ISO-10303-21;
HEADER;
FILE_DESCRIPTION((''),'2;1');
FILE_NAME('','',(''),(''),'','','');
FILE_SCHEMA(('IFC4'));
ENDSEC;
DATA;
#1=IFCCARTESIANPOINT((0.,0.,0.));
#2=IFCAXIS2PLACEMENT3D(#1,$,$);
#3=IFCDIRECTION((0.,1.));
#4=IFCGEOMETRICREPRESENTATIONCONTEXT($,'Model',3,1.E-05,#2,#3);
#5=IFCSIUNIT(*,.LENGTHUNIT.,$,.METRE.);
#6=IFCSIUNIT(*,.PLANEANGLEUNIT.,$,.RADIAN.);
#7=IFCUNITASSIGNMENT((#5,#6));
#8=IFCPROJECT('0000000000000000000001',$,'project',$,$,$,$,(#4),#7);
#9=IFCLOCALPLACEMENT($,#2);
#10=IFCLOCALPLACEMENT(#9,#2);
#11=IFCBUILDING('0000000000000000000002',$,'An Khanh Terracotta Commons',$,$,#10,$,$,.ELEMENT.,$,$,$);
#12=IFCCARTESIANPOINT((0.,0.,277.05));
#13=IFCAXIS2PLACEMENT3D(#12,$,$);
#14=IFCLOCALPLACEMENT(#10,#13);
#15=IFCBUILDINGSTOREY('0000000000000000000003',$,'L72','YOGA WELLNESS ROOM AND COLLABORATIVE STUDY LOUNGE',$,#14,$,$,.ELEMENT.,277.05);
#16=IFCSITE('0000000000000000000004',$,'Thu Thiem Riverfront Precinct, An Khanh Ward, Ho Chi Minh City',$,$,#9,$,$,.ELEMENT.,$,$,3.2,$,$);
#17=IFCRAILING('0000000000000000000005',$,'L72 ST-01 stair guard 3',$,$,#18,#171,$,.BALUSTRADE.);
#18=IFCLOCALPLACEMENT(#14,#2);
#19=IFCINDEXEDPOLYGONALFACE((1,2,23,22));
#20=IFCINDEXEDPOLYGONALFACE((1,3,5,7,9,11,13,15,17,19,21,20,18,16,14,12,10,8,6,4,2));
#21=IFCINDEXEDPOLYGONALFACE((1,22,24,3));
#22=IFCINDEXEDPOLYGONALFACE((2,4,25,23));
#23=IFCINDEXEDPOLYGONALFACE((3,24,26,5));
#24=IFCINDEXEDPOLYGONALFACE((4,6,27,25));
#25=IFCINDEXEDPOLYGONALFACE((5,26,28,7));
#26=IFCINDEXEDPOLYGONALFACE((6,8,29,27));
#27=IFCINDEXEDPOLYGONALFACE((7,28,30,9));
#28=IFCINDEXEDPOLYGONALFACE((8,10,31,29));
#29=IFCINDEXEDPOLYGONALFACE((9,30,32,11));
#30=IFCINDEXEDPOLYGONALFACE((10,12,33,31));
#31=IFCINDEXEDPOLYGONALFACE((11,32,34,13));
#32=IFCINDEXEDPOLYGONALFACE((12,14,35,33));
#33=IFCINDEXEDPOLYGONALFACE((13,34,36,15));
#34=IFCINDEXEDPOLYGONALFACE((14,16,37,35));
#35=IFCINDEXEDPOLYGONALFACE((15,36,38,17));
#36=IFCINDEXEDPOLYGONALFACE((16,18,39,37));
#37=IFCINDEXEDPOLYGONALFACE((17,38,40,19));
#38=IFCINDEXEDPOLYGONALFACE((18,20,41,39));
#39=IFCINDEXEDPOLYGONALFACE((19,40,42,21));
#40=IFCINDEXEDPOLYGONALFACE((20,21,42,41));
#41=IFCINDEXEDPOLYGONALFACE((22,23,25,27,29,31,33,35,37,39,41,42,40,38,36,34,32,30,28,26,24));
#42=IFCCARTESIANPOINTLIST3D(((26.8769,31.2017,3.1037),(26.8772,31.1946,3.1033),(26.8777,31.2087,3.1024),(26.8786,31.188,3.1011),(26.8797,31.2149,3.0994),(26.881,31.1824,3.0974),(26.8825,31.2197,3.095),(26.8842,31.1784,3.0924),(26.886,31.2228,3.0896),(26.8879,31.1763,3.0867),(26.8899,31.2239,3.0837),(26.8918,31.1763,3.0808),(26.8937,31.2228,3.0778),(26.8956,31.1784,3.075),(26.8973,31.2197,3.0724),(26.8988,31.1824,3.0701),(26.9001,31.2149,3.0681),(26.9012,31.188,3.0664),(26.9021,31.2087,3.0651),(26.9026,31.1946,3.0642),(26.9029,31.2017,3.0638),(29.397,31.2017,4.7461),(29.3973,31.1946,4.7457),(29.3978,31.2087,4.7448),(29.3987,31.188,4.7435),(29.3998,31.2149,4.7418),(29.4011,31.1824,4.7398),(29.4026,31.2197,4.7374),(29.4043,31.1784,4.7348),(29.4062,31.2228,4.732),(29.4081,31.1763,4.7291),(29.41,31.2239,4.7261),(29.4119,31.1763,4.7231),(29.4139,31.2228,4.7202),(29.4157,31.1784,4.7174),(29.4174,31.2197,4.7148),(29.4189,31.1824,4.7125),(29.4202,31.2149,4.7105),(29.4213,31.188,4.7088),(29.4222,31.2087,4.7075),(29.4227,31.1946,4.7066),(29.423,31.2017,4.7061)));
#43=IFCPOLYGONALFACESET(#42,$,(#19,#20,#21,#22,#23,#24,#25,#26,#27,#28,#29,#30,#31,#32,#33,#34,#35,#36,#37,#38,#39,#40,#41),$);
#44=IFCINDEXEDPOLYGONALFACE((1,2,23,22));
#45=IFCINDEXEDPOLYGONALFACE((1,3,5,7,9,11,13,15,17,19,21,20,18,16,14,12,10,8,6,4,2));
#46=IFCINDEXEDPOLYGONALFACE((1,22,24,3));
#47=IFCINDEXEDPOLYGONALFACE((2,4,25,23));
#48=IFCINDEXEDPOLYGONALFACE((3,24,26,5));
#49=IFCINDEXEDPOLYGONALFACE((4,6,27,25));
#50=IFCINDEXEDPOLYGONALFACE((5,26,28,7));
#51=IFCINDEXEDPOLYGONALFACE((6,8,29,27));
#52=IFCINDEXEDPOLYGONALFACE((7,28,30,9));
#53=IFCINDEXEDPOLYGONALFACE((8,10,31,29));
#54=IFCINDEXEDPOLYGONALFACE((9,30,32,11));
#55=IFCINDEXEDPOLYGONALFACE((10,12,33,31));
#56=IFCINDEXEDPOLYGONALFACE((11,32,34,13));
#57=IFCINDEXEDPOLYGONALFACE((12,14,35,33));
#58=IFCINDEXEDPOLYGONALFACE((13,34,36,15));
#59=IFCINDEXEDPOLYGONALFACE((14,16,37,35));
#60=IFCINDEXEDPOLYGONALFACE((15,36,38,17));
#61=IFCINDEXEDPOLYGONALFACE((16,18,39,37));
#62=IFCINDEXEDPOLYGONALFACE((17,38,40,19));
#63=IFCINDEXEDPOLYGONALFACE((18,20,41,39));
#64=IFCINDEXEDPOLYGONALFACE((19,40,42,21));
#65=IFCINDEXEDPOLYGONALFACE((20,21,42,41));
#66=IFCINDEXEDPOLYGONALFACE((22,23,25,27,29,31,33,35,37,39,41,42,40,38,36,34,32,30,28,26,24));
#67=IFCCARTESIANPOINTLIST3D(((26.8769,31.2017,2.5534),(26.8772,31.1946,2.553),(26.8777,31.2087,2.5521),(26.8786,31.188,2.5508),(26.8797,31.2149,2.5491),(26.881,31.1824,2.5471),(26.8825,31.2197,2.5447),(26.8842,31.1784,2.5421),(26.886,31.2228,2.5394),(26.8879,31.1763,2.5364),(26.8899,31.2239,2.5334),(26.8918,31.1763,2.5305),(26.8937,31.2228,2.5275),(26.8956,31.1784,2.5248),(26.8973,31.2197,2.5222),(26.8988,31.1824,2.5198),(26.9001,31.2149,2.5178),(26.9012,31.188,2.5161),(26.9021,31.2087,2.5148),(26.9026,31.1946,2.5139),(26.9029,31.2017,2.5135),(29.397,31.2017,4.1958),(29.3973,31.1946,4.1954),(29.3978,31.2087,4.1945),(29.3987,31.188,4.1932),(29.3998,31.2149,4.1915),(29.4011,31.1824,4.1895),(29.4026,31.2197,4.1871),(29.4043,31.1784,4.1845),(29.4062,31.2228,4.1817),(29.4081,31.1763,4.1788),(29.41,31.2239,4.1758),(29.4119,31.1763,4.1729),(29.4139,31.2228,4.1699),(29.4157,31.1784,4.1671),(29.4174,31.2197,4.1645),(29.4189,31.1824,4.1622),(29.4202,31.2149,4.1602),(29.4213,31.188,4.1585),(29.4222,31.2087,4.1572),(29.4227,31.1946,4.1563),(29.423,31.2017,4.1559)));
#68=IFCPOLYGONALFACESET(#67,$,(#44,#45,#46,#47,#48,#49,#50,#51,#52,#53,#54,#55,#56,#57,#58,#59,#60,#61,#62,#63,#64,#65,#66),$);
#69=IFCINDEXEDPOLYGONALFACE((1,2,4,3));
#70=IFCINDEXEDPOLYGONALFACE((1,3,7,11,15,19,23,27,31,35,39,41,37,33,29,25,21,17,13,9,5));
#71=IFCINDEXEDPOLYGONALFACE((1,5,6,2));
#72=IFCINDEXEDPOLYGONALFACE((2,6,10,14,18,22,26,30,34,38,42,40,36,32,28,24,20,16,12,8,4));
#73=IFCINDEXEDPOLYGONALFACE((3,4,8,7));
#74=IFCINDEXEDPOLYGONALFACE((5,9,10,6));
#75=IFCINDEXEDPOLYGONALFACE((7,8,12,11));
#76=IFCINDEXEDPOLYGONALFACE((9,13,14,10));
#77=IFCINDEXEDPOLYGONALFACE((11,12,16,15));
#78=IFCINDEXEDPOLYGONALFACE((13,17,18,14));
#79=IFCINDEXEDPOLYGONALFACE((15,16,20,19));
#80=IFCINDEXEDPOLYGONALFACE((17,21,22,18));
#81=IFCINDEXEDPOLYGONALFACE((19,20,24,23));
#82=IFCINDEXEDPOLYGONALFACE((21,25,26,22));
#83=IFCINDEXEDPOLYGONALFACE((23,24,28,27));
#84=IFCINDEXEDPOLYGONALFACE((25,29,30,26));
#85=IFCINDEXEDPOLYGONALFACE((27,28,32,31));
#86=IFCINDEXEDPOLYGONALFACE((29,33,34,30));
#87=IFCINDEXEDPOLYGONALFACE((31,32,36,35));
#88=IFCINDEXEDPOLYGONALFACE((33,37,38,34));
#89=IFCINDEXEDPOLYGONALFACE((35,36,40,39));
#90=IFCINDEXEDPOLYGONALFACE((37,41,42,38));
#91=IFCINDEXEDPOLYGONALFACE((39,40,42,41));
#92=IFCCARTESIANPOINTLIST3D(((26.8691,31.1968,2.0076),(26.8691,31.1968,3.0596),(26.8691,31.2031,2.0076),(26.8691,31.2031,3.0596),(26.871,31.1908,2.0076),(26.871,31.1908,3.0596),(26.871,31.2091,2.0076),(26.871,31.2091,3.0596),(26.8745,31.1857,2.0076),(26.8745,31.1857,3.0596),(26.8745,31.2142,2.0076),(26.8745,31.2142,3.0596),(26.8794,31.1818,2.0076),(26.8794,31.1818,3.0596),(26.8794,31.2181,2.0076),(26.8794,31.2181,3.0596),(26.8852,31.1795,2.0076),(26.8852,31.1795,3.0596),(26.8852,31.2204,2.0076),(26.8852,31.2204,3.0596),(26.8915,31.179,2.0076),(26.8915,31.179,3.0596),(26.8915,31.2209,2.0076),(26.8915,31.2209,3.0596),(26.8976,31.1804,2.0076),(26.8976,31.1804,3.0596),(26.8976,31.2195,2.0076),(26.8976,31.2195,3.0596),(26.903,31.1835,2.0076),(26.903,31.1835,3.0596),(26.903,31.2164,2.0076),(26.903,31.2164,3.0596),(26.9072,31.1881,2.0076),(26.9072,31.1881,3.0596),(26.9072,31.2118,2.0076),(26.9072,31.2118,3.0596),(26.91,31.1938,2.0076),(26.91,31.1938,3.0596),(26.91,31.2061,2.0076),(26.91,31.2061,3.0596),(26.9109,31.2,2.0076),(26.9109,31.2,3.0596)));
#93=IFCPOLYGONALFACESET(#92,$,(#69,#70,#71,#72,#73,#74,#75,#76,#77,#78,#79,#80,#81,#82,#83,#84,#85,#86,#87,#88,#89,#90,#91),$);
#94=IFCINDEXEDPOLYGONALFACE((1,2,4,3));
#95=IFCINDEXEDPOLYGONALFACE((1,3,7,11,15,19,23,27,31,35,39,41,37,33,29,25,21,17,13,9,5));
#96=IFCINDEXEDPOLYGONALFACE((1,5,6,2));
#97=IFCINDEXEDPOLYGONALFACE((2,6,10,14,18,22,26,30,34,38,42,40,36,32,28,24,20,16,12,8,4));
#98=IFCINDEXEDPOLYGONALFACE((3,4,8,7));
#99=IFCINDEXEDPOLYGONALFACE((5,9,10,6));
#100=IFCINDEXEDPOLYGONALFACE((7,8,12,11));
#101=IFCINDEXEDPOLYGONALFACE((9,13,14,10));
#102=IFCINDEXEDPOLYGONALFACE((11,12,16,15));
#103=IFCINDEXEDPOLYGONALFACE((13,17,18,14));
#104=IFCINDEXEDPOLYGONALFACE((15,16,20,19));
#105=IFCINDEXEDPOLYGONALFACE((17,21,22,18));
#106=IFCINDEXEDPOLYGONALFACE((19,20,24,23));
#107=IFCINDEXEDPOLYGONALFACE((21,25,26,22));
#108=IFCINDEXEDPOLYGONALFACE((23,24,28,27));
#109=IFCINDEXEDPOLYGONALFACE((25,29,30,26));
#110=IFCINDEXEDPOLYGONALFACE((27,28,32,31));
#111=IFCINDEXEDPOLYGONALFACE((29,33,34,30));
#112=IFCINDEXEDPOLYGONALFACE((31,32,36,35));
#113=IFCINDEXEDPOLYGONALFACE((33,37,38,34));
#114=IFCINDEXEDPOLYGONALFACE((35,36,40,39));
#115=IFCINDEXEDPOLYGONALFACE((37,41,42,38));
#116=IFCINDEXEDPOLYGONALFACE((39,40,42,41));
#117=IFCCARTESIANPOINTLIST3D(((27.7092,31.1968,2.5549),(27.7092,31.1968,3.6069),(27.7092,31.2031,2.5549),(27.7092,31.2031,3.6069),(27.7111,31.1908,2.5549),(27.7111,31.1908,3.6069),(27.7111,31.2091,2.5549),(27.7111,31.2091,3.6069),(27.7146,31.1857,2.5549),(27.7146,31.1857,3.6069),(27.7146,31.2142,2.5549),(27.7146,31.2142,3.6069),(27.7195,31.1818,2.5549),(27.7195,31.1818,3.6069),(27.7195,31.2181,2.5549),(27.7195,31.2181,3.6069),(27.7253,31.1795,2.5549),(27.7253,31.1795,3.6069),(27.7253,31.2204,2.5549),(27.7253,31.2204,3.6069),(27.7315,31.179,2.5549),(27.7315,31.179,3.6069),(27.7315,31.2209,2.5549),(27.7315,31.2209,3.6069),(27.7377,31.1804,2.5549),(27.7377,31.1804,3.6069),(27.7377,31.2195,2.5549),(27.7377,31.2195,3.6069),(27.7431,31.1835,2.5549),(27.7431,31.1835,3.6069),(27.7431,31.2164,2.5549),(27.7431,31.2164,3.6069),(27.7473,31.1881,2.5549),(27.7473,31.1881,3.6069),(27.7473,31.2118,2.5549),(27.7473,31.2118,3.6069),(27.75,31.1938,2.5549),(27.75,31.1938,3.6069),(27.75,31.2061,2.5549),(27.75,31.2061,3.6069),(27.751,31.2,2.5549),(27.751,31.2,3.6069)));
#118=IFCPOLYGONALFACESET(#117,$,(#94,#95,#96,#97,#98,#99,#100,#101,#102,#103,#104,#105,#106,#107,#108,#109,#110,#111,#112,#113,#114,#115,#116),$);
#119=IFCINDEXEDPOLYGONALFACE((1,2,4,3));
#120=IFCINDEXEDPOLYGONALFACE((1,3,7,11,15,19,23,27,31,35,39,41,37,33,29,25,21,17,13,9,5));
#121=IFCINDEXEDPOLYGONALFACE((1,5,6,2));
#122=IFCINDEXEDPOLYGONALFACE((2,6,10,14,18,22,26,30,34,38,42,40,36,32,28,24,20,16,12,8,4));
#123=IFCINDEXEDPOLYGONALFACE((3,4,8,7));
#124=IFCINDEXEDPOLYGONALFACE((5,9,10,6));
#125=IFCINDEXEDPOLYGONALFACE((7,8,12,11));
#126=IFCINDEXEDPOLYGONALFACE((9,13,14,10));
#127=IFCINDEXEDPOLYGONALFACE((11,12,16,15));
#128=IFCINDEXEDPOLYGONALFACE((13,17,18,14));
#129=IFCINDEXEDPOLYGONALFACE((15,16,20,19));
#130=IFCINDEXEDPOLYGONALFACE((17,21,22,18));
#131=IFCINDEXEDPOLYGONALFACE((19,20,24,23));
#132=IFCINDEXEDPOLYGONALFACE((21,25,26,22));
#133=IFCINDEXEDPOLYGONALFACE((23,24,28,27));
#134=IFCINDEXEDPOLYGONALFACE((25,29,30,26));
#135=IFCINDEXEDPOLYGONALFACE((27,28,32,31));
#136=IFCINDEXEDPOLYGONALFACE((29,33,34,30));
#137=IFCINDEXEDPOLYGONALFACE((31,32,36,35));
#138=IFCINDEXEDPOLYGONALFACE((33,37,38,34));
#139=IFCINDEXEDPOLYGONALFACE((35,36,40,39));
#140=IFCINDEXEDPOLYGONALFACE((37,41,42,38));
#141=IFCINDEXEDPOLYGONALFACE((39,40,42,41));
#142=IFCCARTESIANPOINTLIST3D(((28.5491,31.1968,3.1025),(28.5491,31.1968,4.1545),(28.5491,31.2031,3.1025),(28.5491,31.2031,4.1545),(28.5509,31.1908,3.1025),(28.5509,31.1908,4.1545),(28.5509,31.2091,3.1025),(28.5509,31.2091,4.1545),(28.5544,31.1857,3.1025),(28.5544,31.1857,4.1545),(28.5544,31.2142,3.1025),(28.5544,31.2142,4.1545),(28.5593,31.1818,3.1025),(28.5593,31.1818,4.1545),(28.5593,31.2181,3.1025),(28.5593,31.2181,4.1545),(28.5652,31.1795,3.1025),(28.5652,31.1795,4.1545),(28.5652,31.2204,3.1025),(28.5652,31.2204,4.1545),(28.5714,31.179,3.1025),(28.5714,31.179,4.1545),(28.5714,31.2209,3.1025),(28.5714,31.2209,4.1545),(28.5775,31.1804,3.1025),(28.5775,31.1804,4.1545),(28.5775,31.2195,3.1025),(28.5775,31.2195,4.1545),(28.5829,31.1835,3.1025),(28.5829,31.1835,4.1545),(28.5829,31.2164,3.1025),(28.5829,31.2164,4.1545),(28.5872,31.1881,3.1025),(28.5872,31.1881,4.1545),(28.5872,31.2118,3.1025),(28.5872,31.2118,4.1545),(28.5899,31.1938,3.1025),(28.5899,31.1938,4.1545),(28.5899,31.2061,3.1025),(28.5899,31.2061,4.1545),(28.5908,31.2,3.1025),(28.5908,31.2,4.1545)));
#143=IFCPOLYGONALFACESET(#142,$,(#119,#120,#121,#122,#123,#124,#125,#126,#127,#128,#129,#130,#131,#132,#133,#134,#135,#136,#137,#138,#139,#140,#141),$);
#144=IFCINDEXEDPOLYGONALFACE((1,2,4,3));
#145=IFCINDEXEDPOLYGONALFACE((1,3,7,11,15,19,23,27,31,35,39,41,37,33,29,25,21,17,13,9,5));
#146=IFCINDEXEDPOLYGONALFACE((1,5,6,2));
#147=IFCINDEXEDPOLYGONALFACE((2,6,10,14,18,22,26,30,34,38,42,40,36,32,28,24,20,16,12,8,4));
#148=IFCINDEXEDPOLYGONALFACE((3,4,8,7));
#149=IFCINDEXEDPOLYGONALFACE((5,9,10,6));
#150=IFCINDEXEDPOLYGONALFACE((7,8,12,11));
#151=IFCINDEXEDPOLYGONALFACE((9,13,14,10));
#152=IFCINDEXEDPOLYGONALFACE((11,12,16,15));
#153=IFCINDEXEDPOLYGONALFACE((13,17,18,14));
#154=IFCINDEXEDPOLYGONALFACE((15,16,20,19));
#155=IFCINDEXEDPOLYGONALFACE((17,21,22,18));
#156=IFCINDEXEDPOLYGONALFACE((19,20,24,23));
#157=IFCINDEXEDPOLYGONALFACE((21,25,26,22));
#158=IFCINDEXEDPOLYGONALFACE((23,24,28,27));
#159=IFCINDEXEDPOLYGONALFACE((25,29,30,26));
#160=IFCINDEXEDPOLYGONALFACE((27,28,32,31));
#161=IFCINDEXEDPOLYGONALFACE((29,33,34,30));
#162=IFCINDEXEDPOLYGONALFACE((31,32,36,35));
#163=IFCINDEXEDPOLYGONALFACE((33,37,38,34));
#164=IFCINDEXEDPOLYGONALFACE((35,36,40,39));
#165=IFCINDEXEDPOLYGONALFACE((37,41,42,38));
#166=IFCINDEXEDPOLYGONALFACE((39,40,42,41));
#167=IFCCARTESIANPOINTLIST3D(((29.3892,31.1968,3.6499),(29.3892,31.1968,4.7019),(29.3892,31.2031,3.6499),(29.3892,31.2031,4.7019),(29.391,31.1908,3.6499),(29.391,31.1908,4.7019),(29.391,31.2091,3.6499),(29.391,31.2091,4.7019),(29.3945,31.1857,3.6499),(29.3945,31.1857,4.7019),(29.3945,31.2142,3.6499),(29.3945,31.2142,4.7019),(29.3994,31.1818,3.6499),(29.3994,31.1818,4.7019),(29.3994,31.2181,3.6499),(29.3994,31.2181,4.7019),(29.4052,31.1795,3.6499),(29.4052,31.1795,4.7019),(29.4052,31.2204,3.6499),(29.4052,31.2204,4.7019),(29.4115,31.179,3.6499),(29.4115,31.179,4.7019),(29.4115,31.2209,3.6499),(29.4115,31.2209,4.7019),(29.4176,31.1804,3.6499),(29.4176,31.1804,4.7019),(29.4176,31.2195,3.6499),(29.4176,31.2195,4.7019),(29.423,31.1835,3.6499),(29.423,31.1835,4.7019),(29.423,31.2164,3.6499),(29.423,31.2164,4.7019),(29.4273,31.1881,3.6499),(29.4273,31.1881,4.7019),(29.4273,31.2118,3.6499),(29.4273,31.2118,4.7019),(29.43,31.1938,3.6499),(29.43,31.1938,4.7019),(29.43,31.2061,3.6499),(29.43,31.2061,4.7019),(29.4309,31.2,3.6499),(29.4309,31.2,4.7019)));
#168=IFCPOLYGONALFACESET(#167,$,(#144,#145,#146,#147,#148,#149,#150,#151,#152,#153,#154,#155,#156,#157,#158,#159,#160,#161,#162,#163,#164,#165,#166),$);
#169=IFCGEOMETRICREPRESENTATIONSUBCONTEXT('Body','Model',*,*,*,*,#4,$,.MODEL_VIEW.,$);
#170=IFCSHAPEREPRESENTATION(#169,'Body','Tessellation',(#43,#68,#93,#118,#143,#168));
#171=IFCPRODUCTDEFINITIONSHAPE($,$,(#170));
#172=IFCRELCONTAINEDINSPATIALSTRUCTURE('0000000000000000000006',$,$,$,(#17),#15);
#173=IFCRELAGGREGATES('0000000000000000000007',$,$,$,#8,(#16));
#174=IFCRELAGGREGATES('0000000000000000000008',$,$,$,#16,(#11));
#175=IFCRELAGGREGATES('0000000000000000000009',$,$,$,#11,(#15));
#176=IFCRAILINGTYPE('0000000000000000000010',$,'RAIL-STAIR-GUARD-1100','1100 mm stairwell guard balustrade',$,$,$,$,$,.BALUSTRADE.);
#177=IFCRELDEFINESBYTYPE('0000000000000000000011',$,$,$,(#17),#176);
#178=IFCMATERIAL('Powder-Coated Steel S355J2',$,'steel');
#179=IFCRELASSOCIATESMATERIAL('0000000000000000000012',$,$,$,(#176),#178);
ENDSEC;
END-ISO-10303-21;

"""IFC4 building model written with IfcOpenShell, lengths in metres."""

from ifc_helpers import new_model, si_unit, direction, frame, origin, origin_2d, place, context, subcontext, project, spatial, circle, extrude, material, type_object, element, save


model = new_model("IFC4")

# Units and contexts
model_context = context("Model", 3, precision=1e-05, world=origin(), true_north=direction((0.0, 1.0)))
body_context = subcontext(model_context, "Body", "Model", "MODEL_VIEW")
ifc_project = project(units=[si_unit("LENGTHUNIT", "METRE"), si_unit("PLANEANGLEUNIT", "RADIAN")], contexts=[model_context])

# Site, building, storey
site_placement = place(None, origin())
site = spatial("IfcSite", under=ifc_project, at=site_placement, Name="Thu Thiem Riverfront Precinct, An Khanh Ward, Ho Chi Minh City", CompositionType="ELEMENT", RefElevation=3.2)
building_placement = place(site_placement, origin())
building = spatial("IfcBuilding", under=site, at=building_placement, Name="An Khanh Terracotta Commons", CompositionType="ELEMENT")
storey_placement = place(building_placement, frame((0.0, 0.0, 277.05)))
storey = spatial("IfcBuildingStorey", under=building, at=storey_placement, Name="L72", Description="YOGA WELLNESS ROOM AND COLLABORATIVE STUDY LOUNGE", CompositionType="ELEMENT", Elevation=277.05)

# Railing
ifc_material_1 = material(Name="Powder-Coated Steel S355J2", Category="steel")
railing_type_1 = type_object("IfcRailingType", Name="RAIL-STAIR-GUARD-1100", Description="1100 mm stairwell guard balustrade", PredefinedType="BALUSTRADE", material=ifc_material_1)
railing_1_placement = place(storey_placement, frame((26.8899, 31.2, 2.0076)))
element("IfcRailing", 1, at=railing_1_placement, inside=storey, type_object=railing_type_1, Name="L72 ST-01 stair guard 3", PredefinedType="BALUSTRADE", context=body_context, shape_type="SweptSolid", body=[
    extrude(circle(Radius=0.0239, at=origin_2d()), frame((0.0, 0.0, 1.0762), z_axis=(0.837787, 0.0, 0.545998), x_axis=(0.0, 1.0, 0.0)), (0.0, 0.0, 1.0), 3.0081),
    extrude(circle(Radius=0.0239, at=origin_2d()), frame((0.0, 0.0, 0.5259), z_axis=(0.837787, 0.0, 0.545998), x_axis=(0.0, 1.0, 0.0)), (0.0, 0.0, 1.0), 3.0081),
    extrude(circle(Radius=0.021, at=origin_2d()), origin(), (0.0, 0.0, 1.0), 1.052),
    extrude(circle(Radius=0.021, at=origin_2d()), frame((0.8401, 0.0, 0.5474)), (0.0, 0.0, 1.0), 1.052),
    extrude(circle(Radius=0.021, at=origin_2d()), frame((1.6799, 0.0, 1.095)), (0.0, 0.0, 1.0), 1.052),
    extrude(circle(Radius=0.021, at=origin_2d()), frame((2.52, 0.0, 1.6423)), (0.0, 0.0, 1.0), 1.052),
])

save(model, "model.ifc")
